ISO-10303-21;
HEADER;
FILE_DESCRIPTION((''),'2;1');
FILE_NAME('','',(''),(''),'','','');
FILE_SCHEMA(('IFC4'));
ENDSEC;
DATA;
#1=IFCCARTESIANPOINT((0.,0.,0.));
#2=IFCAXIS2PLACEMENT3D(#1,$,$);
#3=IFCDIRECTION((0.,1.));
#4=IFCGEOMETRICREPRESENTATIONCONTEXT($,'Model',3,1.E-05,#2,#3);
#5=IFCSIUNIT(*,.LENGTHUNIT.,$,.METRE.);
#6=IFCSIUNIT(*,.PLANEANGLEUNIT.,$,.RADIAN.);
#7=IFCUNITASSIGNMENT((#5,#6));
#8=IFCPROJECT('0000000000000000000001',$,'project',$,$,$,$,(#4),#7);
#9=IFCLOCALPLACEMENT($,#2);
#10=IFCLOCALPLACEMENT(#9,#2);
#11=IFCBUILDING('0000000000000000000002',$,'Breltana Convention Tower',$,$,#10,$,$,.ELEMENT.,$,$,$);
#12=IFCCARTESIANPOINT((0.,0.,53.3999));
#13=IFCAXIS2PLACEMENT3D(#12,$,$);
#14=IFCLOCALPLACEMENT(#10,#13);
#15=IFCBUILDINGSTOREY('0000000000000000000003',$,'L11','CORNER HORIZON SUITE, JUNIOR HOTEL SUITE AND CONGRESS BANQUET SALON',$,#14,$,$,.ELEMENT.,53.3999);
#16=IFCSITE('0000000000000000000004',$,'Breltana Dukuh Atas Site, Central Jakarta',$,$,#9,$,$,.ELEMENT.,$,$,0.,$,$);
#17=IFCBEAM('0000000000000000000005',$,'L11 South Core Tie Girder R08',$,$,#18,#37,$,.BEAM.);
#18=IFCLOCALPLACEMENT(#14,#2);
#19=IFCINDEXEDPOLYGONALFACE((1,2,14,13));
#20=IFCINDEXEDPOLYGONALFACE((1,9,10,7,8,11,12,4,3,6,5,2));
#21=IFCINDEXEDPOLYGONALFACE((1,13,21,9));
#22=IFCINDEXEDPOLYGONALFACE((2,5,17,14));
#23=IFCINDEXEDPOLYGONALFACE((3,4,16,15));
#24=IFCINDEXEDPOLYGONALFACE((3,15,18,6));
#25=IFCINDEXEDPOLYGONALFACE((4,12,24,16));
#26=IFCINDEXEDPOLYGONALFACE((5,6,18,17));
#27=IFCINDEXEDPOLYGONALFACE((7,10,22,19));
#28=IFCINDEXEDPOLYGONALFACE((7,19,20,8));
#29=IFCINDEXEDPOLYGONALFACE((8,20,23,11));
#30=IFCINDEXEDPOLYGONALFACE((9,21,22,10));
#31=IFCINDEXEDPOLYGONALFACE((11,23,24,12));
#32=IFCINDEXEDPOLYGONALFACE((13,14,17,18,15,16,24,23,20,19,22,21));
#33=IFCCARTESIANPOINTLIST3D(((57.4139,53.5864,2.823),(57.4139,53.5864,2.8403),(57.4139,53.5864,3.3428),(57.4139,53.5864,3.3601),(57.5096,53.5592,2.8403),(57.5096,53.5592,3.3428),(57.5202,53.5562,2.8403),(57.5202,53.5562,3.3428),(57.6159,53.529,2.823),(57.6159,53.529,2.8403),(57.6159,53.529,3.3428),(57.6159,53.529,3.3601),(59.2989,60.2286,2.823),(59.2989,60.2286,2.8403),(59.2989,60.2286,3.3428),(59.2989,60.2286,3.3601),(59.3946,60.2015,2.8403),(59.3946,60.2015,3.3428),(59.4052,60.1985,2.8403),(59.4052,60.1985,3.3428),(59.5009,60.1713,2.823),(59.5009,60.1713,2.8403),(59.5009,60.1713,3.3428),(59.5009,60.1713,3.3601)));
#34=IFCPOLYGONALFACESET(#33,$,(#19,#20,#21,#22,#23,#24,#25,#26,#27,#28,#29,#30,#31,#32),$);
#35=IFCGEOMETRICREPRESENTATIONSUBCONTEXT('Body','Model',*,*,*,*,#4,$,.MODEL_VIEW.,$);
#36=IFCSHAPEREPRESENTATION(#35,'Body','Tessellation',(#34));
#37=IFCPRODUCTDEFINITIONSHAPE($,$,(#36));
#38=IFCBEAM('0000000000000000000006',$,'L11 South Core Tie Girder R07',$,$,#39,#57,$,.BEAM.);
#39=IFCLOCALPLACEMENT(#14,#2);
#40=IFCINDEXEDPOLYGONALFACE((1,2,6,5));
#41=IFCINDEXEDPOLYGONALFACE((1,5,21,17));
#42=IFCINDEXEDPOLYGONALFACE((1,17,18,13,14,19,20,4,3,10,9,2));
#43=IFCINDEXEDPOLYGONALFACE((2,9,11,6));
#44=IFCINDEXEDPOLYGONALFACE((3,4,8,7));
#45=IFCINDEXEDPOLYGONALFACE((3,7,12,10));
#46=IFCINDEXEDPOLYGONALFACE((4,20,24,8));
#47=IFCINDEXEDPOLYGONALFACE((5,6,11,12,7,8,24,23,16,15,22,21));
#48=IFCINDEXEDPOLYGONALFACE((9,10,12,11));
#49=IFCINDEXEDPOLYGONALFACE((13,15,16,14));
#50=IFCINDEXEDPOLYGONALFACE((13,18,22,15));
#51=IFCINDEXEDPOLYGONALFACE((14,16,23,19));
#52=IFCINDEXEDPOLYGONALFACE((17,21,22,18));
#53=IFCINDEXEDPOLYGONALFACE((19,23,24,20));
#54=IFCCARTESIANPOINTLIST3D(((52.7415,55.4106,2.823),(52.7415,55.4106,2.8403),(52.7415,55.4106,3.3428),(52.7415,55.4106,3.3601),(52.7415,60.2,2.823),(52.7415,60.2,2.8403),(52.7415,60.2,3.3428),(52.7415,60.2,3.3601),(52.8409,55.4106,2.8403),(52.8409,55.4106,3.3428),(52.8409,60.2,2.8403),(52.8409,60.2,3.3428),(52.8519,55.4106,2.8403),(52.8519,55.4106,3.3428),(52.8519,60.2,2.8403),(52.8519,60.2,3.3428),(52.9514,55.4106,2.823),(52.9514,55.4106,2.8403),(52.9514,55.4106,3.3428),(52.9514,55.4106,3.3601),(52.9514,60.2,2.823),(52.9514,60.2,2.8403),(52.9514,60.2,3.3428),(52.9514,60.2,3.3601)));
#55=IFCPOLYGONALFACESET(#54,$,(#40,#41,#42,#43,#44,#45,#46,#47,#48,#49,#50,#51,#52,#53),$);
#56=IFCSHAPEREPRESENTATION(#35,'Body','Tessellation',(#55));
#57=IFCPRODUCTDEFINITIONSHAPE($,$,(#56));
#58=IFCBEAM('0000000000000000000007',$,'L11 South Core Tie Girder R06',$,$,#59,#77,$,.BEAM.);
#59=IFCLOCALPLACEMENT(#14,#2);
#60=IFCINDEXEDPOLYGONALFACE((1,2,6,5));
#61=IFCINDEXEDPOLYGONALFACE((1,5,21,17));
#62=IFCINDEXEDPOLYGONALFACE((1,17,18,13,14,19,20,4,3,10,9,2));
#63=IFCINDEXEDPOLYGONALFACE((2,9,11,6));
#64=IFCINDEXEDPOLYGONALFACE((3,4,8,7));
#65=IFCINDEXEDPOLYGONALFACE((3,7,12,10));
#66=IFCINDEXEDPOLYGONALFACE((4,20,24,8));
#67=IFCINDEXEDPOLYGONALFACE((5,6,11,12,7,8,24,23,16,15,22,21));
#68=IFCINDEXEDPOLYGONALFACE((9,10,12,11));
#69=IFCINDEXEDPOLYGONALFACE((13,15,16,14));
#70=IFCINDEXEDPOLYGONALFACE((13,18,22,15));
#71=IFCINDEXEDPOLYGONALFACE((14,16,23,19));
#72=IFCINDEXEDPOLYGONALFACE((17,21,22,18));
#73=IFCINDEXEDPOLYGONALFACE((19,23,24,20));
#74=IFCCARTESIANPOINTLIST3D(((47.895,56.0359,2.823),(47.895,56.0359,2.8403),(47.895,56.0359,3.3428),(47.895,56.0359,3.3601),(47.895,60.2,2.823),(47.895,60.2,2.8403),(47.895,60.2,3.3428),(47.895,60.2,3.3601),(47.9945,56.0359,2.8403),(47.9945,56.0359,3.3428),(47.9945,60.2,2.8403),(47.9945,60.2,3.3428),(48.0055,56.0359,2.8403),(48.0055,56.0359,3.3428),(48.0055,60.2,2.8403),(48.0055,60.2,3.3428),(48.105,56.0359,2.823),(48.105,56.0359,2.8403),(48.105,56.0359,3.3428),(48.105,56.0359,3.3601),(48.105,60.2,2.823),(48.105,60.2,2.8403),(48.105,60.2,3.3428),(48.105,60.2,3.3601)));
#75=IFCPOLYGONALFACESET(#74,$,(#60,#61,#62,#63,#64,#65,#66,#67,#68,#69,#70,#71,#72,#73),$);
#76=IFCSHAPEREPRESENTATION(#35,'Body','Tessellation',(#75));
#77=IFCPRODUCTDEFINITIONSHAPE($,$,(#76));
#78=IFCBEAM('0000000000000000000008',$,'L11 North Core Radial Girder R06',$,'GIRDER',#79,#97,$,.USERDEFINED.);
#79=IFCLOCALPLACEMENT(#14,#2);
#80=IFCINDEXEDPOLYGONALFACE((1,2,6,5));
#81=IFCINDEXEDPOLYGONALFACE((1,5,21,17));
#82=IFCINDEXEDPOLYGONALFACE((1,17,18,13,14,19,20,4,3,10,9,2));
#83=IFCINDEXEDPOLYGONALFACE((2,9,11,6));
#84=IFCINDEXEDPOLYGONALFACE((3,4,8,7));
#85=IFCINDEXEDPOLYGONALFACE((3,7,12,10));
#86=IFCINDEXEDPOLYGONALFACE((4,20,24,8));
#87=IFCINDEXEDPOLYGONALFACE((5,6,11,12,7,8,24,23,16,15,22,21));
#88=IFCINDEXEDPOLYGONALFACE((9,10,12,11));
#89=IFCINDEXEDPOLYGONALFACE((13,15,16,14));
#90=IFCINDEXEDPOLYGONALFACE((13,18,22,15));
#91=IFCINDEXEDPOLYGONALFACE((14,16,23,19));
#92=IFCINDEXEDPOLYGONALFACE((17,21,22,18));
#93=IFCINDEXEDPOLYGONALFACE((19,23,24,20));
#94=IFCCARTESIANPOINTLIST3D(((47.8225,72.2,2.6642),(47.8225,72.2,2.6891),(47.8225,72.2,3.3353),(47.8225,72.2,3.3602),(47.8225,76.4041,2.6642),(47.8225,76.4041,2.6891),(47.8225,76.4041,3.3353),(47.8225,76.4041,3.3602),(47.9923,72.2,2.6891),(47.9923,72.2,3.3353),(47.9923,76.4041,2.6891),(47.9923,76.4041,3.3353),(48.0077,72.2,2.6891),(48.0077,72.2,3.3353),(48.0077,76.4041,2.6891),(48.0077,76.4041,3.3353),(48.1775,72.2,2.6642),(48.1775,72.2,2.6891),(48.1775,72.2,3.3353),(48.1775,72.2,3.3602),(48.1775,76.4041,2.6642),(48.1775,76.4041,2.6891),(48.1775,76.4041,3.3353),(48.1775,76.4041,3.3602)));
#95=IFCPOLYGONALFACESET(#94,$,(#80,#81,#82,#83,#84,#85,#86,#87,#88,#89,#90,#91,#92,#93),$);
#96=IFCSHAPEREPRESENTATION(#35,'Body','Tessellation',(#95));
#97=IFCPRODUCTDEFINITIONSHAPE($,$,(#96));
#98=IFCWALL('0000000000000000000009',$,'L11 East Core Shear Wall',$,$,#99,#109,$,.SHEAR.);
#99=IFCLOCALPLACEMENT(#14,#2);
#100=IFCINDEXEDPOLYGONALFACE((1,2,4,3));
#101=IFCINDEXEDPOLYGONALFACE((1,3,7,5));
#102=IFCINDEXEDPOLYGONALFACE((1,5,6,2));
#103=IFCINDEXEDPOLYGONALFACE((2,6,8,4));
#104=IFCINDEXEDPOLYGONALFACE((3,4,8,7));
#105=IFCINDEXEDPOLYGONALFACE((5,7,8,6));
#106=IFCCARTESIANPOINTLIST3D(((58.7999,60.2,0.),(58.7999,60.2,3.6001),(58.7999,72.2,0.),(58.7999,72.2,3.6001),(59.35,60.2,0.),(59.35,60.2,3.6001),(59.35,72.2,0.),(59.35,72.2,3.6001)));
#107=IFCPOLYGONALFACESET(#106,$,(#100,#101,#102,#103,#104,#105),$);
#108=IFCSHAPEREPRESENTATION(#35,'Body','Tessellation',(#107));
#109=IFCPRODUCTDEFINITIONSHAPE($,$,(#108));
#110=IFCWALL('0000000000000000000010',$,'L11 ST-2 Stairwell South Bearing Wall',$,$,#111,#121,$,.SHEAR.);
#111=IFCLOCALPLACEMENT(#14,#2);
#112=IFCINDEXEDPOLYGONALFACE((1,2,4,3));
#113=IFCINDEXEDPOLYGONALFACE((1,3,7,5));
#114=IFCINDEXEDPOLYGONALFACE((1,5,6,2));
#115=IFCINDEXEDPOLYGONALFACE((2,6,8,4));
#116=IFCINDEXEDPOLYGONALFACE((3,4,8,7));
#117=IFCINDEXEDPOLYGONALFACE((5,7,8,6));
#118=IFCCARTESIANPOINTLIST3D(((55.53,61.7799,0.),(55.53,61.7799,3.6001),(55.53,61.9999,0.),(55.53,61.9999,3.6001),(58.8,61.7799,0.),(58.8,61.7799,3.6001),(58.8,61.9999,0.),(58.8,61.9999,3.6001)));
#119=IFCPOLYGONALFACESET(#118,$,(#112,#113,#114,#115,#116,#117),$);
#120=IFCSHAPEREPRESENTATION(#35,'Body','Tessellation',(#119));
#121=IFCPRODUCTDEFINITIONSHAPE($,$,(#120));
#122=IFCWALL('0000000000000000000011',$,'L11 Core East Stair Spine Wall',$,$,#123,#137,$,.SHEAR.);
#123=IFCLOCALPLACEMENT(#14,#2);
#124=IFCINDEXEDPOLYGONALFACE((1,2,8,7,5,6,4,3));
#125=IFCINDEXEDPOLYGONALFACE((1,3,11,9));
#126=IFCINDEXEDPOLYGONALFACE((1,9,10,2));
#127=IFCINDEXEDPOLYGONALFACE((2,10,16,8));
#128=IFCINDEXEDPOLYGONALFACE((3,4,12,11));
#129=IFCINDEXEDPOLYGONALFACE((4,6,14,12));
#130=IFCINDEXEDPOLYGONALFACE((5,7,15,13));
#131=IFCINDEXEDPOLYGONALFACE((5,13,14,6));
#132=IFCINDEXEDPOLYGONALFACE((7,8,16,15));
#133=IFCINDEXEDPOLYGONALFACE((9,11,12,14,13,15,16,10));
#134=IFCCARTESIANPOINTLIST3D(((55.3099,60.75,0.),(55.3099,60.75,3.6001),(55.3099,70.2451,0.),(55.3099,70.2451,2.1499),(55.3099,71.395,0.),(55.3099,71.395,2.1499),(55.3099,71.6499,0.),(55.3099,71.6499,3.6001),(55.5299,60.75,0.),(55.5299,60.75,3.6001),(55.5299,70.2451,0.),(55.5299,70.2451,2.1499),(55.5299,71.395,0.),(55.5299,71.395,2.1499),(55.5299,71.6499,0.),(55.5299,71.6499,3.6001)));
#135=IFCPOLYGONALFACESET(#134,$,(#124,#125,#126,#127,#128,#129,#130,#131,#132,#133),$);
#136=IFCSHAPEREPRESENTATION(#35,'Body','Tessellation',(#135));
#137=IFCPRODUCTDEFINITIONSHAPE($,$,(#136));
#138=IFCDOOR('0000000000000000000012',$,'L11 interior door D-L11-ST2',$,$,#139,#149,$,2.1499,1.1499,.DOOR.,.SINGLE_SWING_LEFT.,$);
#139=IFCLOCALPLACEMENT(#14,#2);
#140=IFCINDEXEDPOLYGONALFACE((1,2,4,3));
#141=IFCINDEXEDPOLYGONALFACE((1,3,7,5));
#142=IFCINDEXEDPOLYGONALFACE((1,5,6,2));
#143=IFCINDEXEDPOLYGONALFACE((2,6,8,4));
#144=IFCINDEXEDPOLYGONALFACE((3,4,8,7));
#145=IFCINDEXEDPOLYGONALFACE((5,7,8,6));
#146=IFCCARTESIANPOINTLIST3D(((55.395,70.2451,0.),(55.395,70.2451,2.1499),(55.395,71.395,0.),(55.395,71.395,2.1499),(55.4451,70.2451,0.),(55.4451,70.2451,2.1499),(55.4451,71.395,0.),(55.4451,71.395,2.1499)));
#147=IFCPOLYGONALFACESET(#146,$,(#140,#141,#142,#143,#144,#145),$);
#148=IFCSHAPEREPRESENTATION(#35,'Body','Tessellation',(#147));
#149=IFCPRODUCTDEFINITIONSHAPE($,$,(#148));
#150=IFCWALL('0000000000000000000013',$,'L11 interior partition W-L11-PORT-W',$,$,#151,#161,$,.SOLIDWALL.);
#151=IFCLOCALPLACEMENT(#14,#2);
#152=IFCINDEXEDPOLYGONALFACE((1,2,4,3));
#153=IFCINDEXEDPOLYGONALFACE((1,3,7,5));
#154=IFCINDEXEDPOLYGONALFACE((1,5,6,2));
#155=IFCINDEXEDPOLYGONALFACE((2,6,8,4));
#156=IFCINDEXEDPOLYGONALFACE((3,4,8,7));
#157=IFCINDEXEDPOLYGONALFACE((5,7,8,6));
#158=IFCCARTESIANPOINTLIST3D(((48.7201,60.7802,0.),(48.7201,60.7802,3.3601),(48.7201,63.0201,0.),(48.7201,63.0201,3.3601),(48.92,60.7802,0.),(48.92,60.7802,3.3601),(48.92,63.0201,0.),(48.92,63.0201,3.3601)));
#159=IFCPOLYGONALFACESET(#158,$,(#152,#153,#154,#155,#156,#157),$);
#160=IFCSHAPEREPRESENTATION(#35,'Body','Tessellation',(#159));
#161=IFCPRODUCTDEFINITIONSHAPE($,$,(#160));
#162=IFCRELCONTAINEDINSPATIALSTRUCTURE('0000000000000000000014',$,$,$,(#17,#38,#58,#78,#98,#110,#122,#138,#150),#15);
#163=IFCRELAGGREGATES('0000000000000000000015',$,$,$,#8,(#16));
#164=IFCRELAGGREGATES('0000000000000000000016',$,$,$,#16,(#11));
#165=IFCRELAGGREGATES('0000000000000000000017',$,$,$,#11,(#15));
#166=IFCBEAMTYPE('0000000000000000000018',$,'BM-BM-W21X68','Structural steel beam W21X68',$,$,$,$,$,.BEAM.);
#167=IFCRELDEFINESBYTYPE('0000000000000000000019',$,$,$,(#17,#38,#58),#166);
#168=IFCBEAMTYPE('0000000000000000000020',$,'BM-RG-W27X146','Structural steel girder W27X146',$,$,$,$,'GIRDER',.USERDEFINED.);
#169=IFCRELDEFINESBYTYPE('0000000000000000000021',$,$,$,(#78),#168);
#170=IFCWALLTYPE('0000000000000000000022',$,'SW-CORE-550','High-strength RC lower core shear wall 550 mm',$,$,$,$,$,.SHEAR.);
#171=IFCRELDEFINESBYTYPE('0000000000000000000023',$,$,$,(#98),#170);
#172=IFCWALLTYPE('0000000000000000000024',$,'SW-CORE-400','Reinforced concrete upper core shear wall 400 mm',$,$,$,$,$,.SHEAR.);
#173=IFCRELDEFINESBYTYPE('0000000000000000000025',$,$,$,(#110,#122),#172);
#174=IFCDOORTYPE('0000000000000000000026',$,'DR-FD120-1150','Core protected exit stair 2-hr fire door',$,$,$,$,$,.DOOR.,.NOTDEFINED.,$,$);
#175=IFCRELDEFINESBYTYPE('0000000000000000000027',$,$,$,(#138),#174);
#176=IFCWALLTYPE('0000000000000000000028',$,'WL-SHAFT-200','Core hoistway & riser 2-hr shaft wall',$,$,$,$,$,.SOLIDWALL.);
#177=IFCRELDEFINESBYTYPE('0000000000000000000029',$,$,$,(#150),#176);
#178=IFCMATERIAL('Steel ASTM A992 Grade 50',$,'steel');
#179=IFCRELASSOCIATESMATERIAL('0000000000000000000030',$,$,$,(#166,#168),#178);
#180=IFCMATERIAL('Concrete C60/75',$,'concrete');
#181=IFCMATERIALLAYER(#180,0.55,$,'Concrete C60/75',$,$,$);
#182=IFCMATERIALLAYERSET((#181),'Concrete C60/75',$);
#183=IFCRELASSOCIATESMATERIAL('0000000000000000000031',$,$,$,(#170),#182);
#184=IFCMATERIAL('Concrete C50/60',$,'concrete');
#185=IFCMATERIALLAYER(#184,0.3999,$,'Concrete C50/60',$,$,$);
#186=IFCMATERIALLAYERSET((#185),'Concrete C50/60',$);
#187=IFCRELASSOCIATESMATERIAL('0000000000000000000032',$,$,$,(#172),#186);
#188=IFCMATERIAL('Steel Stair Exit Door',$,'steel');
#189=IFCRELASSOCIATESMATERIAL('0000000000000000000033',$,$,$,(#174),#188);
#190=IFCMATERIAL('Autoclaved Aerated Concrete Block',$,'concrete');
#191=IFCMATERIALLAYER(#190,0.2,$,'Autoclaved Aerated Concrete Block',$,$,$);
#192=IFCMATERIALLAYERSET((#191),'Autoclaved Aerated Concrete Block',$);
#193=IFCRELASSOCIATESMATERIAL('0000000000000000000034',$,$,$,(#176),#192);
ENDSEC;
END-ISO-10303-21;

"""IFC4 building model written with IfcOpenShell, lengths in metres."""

from ifc_helpers import new_model, si_unit, direction, frame, frame_2d, origin, origin_2d, place, context, subcontext, project, spatial, rectangle, i_section, extrude, source, transform, mapped, material, layer, layer_set, material_profile, profile_set, type_object, type_shapes, element, fill, save


model = new_model("IFC4")

# Units and contexts
model_context = context("Model", 3, precision=1e-05, world=origin(), true_north=direction((0.0, 1.0)))
body_context = subcontext(model_context, "Body", "Model", "MODEL_VIEW")
ifc_project = project(units=[si_unit("LENGTHUNIT", "METRE"), si_unit("PLANEANGLEUNIT", "RADIAN")], contexts=[model_context])

# Site, building, storey
site_placement = place(None, origin())
site = spatial("IfcSite", under=ifc_project, at=site_placement, Name="Breltana Dukuh Atas Site, Central Jakarta", CompositionType="ELEMENT", RefElevation=0.0)
building_placement = place(site_placement, origin())
building = spatial("IfcBuilding", under=site, at=building_placement, Name="Breltana Convention Tower", CompositionType="ELEMENT")
storey_placement = place(building_placement, frame((0.0, 0.0, 53.3999)))
storey = spatial("IfcBuildingStorey", under=building, at=storey_placement, Name="L11", Description="CORNER HORIZON SUITE, JUNIOR HOTEL SUITE AND CONGRESS BANQUET SALON", CompositionType="ELEMENT", Elevation=53.3999)

# Beams
ifc_material_1 = material(Name="Steel ASTM A992 Grade 50", Category="steel")
ifc_material_profile_1 = material_profile(ifc_material_1, i_section(OverallWidth=0.21, OverallDepth=0.5371, WebThickness=0.011, FlangeThickness=0.0173, at=origin_2d()), Name="W21X68")
ifc_profile_set_1 = profile_set([ifc_material_profile_1], Name="Steel ASTM A992 Grade 50")
beam_type_1 = type_object("IfcBeamType", Name="BM-BM-W21X68", Description="Structural steel beam W21X68", PredefinedType="BEAM", material=ifc_profile_set_1)
shared_shape_1 = source(origin(), body_context, "Body", "SweptSolid", [
    extrude(i_section(OverallWidth=0.21, OverallDepth=0.5371, WebThickness=0.011, FlangeThickness=0.0173, at=origin_2d()), origin(), (0.0, 0.0, 1.0), 6.9045),
])
type_shapes(beam_type_1, [shared_shape_1])
beam_1_placement = place(storey_placement, frame((59.3999, 60.2, 3.0916), z_axis=(-0.273007, -0.962012, 0.0), x_axis=(0.962012, -0.273007, 0.0)))
element("IfcBeam", 1, at=beam_1_placement, inside=storey, type_object=beam_type_1, Name="L11 South Core Tie Girder R08", PredefinedType="BEAM", context=body_context, shape_type="MappedRepresentation", body=[
    mapped(shared_shape_1, transform((0.0, 0.0, 0.0), scale=1.0)),
])
shared_shape_2 = source(origin(), body_context, "Body", "SweptSolid", [
    extrude(i_section(OverallWidth=0.21, OverallDepth=0.5371, WebThickness=0.011, FlangeThickness=0.0173, at=origin_2d()), origin(), (0.0, 0.0, 1.0), 4.7893),
])
beam_2_placement = place(storey_placement, frame((52.8464, 60.2, 3.0916), z_axis=(0.0, -1.0, 0.0), x_axis=(1.0, 0.0, 0.0)))
element("IfcBeam", 2, at=beam_2_placement, inside=storey, type_object=beam_type_1, Name="L11 South Core Tie Girder R07", PredefinedType="BEAM", context=body_context, shape_type="MappedRepresentation", body=[
    mapped(shared_shape_2, transform((0.0, 0.0, 0.0), scale=1.0)),
])
shared_shape_3 = source(origin(), body_context, "Body", "SweptSolid", [
    extrude(i_section(OverallWidth=0.21, OverallDepth=0.5371, WebThickness=0.011, FlangeThickness=0.0173, at=origin_2d()), origin(), (0.0, 0.0, 1.0), 4.1641),
])
beam_3_placement = place(storey_placement, frame((48.0, 60.2, 3.0916), z_axis=(0.0, -1.0, 0.0), x_axis=(1.0, 0.0, 0.0)))
element("IfcBeam", 3, at=beam_3_placement, inside=storey, type_object=beam_type_1, Name="L11 South Core Tie Girder R06", PredefinedType="BEAM", context=body_context, shape_type="MappedRepresentation", body=[
    mapped(shared_shape_3, transform((0.0, 0.0, 0.0), scale=1.0)),
])
ifc_material_profile_2 = material_profile(ifc_material_1, i_section(OverallWidth=0.355, OverallDepth=0.696, WebThickness=0.0154, FlangeThickness=0.0249, at=origin_2d()), Name="W27X146")
ifc_profile_set_2 = profile_set([ifc_material_profile_2], Name="Steel ASTM A992 Grade 50")
beam_type_2 = type_object("IfcBeamType", Name="BM-RG-W27X146", Description="Structural steel girder W27X146", ElementType="GIRDER", PredefinedType="USERDEFINED", material=ifc_profile_set_2)
shared_shape_4 = source(origin(), body_context, "Body", "SweptSolid", [
    extrude(i_section(OverallWidth=0.355, OverallDepth=0.696, WebThickness=0.0154, FlangeThickness=0.0249, at=origin_2d()), origin(), (0.0, 0.0, 1.0), 4.2041),
])
beam_4_placement = place(storey_placement, frame((48.0, 72.2, 3.0122), z_axis=(0.0, 1.0, 0.0), x_axis=(-1.0, 0.0, 0.0)))
element("IfcBeam", 4, at=beam_4_placement, inside=storey, type_object=beam_type_2, Name="L11 North Core Radial Girder R06", ObjectType="GIRDER", PredefinedType="USERDEFINED", context=body_context, shape_type="MappedRepresentation", body=[
    mapped(shared_shape_4, transform((0.0, 0.0, 0.0), scale=1.0)),
])

# Walls
ifc_material_2 = material(Name="Concrete C60/75", Category="concrete")
ifc_layer_1 = layer(ifc_material_2, 0.55, Name="Concrete C60/75")
ifc_layer_set_1 = layer_set([ifc_layer_1], Name="Concrete C60/75")
wall_type_1 = type_object("IfcWallType", Name="SW-CORE-550", Description="High-strength RC lower core shear wall 550 mm", PredefinedType="SHEAR", material=ifc_layer_set_1)
shared_shape_5 = source(origin(), body_context, "Body", "SweptSolid", [
    extrude(rectangle(XDim=12.0, YDim=0.55, at=frame_2d((6.0, 0.0))), origin(), (0.0, 0.0, 1.0), 3.6001),
])
wall_1_placement = place(storey_placement, frame((59.075, 60.2, 0.0), z_axis=(0.0, 0.0, 1.0), x_axis=(0.0, 1.0, 0.0)))
element("IfcWall", 5, at=wall_1_placement, inside=storey, type_object=wall_type_1, Name="L11 East Core Shear Wall", PredefinedType="SHEAR", context=body_context, shape_type="MappedRepresentation", body=[
    mapped(shared_shape_5, transform((0.0, 0.0, 0.0), scale=1.0)),
])
ifc_material_3 = material(Name="Concrete C50/60", Category="concrete")
ifc_layer_2 = layer(ifc_material_3, 0.3999, Name="Concrete C50/60")
ifc_layer_set_2 = layer_set([ifc_layer_2], Name="Concrete C50/60")
wall_type_2 = type_object("IfcWallType", Name="SW-CORE-400", Description="Reinforced concrete upper core shear wall 400 mm", PredefinedType="SHEAR", material=ifc_layer_set_2)
shared_shape_6 = source(origin(), body_context, "Body", "SweptSolid", [
    extrude(rectangle(XDim=3.27, YDim=0.22, at=frame_2d((1.635, 0.0))), origin(), (0.0, 0.0, 1.0), 3.6001),
])
wall_2_placement = place(storey_placement, frame((55.53, 61.8899, 0.0), z_axis=(0.0, 0.0, 1.0), x_axis=(1.0, 0.0, 0.0)))
element("IfcWall", 6, at=wall_2_placement, inside=storey, type_object=wall_type_2, Name="L11 ST-2 Stairwell South Bearing Wall", PredefinedType="SHEAR", context=body_context, shape_type="MappedRepresentation", body=[
    mapped(shared_shape_6, transform((0.0, 0.0, 0.0), scale=1.0)),
])

# Wall, opening, door
shared_shape_7 = source(origin(), body_context, "Body", "SweptSolid", [
    extrude(rectangle(XDim=10.8999, YDim=0.22, at=frame_2d((5.45, 0.0))), origin(), (0.0, 0.0, 1.0), 3.6001),
])
wall_3_placement = place(storey_placement, frame((55.4199, 60.75, 0.0), z_axis=(0.0, 0.0, 1.0), x_axis=(0.0, 1.0, 0.0)))
wall_3 = element("IfcWall", 7, at=wall_3_placement, inside=storey, type_object=wall_type_2, Name="L11 Core East Stair Spine Wall", PredefinedType="SHEAR", context=body_context, shape_type="MappedRepresentation", body=[
    mapped(shared_shape_7, transform((0.0, 0.0, 0.0), scale=1.0)),
])
opening_1_placement = place(wall_3_placement, frame((9.4951, 0.0, 0.0)))
opening_1 = element("IfcOpeningElement", 8, at=opening_1_placement, cuts=wall_3, PredefinedType="OPENING", context=body_context, shape_type="SweptSolid", body=[
    extrude(rectangle(XDim=1.1499, YDim=2.1499, at=frame_2d((0.575, 1.075))), frame((0.0, 0.1201, 0.0), z_axis=(0.0, -1.0, 0.0), x_axis=(1.0, 0.0, 0.0)), (0.0, 0.0, 1.0), 0.24),
])
ifc_material_4 = material(Name="Steel Stair Exit Door", Category="steel")
door_type_1 = type_object("IfcDoorType", Name="DR-FD120-1150", Description="Core protected exit stair 2-hr fire door", OperationType="NOTDEFINED", PredefinedType="DOOR", material=ifc_material_4)
shared_shape_8 = source(origin(), body_context, "Body", "SweptSolid", [
    extrude(rectangle(XDim=1.1499, YDim=2.1499, at=frame_2d((0.575, 1.075))), frame((0.0, 0.0249, 0.0), z_axis=(0.0, -1.0, 0.0), x_axis=(1.0, 0.0, 0.0)), (0.0, 0.0, 1.0), 0.05),
])
type_shapes(door_type_1, [shared_shape_8])
door_1_placement = place(opening_1_placement, origin())
door_1 = element("IfcDoor", 9, at=door_1_placement, inside=storey, type_object=door_type_1, Name="L11 interior door D-L11-ST2", OperationType="SINGLE_SWING_LEFT", OverallHeight=2.1499, OverallWidth=1.1499, PredefinedType="DOOR", context=body_context, shape_type="MappedRepresentation", body=[
    mapped(shared_shape_8, transform((0.0, 0.0, 0.0), scale=1.0)),
])
fill(opening_1, door_1)

# Wall
ifc_material_5 = material(Name="Autoclaved Aerated Concrete Block", Category="concrete")
ifc_layer_3 = layer(ifc_material_5, 0.2, Name="Autoclaved Aerated Concrete Block")
ifc_layer_set_3 = layer_set([ifc_layer_3], Name="Autoclaved Aerated Concrete Block")
wall_type_3 = type_object("IfcWallType", Name="WL-SHAFT-200", Description="Core hoistway & riser 2-hr shaft wall", PredefinedType="SOLIDWALL", material=ifc_layer_set_3)
shared_shape_9 = source(origin(), body_context, "Body", "SweptSolid", [
    extrude(rectangle(XDim=2.24, YDim=0.2, at=frame_2d((1.1201, 0.0))), origin(), (0.0, 0.0, 1.0), 3.3601),
])
for number, where, z_axis, x_axis, name in (
    (10, (48.8201, 60.78, 0.0), (0.0, 0.0, 1.0), (0.0, 1.0, 0.0), "L11 interior partition W-L11-PORT-W"),
):
    element("IfcWall", number, at=place(storey_placement, frame(where, z_axis=z_axis, x_axis=x_axis)), inside=storey, type_object=wall_type_3, Name=name, PredefinedType="SOLIDWALL", context=body_context, shape_type="MappedRepresentation", body=[
        mapped(shared_shape_9, transform((0.0, 0.0, 0.0), scale=1.0)),
    ])

save(model, "model.ifc")
